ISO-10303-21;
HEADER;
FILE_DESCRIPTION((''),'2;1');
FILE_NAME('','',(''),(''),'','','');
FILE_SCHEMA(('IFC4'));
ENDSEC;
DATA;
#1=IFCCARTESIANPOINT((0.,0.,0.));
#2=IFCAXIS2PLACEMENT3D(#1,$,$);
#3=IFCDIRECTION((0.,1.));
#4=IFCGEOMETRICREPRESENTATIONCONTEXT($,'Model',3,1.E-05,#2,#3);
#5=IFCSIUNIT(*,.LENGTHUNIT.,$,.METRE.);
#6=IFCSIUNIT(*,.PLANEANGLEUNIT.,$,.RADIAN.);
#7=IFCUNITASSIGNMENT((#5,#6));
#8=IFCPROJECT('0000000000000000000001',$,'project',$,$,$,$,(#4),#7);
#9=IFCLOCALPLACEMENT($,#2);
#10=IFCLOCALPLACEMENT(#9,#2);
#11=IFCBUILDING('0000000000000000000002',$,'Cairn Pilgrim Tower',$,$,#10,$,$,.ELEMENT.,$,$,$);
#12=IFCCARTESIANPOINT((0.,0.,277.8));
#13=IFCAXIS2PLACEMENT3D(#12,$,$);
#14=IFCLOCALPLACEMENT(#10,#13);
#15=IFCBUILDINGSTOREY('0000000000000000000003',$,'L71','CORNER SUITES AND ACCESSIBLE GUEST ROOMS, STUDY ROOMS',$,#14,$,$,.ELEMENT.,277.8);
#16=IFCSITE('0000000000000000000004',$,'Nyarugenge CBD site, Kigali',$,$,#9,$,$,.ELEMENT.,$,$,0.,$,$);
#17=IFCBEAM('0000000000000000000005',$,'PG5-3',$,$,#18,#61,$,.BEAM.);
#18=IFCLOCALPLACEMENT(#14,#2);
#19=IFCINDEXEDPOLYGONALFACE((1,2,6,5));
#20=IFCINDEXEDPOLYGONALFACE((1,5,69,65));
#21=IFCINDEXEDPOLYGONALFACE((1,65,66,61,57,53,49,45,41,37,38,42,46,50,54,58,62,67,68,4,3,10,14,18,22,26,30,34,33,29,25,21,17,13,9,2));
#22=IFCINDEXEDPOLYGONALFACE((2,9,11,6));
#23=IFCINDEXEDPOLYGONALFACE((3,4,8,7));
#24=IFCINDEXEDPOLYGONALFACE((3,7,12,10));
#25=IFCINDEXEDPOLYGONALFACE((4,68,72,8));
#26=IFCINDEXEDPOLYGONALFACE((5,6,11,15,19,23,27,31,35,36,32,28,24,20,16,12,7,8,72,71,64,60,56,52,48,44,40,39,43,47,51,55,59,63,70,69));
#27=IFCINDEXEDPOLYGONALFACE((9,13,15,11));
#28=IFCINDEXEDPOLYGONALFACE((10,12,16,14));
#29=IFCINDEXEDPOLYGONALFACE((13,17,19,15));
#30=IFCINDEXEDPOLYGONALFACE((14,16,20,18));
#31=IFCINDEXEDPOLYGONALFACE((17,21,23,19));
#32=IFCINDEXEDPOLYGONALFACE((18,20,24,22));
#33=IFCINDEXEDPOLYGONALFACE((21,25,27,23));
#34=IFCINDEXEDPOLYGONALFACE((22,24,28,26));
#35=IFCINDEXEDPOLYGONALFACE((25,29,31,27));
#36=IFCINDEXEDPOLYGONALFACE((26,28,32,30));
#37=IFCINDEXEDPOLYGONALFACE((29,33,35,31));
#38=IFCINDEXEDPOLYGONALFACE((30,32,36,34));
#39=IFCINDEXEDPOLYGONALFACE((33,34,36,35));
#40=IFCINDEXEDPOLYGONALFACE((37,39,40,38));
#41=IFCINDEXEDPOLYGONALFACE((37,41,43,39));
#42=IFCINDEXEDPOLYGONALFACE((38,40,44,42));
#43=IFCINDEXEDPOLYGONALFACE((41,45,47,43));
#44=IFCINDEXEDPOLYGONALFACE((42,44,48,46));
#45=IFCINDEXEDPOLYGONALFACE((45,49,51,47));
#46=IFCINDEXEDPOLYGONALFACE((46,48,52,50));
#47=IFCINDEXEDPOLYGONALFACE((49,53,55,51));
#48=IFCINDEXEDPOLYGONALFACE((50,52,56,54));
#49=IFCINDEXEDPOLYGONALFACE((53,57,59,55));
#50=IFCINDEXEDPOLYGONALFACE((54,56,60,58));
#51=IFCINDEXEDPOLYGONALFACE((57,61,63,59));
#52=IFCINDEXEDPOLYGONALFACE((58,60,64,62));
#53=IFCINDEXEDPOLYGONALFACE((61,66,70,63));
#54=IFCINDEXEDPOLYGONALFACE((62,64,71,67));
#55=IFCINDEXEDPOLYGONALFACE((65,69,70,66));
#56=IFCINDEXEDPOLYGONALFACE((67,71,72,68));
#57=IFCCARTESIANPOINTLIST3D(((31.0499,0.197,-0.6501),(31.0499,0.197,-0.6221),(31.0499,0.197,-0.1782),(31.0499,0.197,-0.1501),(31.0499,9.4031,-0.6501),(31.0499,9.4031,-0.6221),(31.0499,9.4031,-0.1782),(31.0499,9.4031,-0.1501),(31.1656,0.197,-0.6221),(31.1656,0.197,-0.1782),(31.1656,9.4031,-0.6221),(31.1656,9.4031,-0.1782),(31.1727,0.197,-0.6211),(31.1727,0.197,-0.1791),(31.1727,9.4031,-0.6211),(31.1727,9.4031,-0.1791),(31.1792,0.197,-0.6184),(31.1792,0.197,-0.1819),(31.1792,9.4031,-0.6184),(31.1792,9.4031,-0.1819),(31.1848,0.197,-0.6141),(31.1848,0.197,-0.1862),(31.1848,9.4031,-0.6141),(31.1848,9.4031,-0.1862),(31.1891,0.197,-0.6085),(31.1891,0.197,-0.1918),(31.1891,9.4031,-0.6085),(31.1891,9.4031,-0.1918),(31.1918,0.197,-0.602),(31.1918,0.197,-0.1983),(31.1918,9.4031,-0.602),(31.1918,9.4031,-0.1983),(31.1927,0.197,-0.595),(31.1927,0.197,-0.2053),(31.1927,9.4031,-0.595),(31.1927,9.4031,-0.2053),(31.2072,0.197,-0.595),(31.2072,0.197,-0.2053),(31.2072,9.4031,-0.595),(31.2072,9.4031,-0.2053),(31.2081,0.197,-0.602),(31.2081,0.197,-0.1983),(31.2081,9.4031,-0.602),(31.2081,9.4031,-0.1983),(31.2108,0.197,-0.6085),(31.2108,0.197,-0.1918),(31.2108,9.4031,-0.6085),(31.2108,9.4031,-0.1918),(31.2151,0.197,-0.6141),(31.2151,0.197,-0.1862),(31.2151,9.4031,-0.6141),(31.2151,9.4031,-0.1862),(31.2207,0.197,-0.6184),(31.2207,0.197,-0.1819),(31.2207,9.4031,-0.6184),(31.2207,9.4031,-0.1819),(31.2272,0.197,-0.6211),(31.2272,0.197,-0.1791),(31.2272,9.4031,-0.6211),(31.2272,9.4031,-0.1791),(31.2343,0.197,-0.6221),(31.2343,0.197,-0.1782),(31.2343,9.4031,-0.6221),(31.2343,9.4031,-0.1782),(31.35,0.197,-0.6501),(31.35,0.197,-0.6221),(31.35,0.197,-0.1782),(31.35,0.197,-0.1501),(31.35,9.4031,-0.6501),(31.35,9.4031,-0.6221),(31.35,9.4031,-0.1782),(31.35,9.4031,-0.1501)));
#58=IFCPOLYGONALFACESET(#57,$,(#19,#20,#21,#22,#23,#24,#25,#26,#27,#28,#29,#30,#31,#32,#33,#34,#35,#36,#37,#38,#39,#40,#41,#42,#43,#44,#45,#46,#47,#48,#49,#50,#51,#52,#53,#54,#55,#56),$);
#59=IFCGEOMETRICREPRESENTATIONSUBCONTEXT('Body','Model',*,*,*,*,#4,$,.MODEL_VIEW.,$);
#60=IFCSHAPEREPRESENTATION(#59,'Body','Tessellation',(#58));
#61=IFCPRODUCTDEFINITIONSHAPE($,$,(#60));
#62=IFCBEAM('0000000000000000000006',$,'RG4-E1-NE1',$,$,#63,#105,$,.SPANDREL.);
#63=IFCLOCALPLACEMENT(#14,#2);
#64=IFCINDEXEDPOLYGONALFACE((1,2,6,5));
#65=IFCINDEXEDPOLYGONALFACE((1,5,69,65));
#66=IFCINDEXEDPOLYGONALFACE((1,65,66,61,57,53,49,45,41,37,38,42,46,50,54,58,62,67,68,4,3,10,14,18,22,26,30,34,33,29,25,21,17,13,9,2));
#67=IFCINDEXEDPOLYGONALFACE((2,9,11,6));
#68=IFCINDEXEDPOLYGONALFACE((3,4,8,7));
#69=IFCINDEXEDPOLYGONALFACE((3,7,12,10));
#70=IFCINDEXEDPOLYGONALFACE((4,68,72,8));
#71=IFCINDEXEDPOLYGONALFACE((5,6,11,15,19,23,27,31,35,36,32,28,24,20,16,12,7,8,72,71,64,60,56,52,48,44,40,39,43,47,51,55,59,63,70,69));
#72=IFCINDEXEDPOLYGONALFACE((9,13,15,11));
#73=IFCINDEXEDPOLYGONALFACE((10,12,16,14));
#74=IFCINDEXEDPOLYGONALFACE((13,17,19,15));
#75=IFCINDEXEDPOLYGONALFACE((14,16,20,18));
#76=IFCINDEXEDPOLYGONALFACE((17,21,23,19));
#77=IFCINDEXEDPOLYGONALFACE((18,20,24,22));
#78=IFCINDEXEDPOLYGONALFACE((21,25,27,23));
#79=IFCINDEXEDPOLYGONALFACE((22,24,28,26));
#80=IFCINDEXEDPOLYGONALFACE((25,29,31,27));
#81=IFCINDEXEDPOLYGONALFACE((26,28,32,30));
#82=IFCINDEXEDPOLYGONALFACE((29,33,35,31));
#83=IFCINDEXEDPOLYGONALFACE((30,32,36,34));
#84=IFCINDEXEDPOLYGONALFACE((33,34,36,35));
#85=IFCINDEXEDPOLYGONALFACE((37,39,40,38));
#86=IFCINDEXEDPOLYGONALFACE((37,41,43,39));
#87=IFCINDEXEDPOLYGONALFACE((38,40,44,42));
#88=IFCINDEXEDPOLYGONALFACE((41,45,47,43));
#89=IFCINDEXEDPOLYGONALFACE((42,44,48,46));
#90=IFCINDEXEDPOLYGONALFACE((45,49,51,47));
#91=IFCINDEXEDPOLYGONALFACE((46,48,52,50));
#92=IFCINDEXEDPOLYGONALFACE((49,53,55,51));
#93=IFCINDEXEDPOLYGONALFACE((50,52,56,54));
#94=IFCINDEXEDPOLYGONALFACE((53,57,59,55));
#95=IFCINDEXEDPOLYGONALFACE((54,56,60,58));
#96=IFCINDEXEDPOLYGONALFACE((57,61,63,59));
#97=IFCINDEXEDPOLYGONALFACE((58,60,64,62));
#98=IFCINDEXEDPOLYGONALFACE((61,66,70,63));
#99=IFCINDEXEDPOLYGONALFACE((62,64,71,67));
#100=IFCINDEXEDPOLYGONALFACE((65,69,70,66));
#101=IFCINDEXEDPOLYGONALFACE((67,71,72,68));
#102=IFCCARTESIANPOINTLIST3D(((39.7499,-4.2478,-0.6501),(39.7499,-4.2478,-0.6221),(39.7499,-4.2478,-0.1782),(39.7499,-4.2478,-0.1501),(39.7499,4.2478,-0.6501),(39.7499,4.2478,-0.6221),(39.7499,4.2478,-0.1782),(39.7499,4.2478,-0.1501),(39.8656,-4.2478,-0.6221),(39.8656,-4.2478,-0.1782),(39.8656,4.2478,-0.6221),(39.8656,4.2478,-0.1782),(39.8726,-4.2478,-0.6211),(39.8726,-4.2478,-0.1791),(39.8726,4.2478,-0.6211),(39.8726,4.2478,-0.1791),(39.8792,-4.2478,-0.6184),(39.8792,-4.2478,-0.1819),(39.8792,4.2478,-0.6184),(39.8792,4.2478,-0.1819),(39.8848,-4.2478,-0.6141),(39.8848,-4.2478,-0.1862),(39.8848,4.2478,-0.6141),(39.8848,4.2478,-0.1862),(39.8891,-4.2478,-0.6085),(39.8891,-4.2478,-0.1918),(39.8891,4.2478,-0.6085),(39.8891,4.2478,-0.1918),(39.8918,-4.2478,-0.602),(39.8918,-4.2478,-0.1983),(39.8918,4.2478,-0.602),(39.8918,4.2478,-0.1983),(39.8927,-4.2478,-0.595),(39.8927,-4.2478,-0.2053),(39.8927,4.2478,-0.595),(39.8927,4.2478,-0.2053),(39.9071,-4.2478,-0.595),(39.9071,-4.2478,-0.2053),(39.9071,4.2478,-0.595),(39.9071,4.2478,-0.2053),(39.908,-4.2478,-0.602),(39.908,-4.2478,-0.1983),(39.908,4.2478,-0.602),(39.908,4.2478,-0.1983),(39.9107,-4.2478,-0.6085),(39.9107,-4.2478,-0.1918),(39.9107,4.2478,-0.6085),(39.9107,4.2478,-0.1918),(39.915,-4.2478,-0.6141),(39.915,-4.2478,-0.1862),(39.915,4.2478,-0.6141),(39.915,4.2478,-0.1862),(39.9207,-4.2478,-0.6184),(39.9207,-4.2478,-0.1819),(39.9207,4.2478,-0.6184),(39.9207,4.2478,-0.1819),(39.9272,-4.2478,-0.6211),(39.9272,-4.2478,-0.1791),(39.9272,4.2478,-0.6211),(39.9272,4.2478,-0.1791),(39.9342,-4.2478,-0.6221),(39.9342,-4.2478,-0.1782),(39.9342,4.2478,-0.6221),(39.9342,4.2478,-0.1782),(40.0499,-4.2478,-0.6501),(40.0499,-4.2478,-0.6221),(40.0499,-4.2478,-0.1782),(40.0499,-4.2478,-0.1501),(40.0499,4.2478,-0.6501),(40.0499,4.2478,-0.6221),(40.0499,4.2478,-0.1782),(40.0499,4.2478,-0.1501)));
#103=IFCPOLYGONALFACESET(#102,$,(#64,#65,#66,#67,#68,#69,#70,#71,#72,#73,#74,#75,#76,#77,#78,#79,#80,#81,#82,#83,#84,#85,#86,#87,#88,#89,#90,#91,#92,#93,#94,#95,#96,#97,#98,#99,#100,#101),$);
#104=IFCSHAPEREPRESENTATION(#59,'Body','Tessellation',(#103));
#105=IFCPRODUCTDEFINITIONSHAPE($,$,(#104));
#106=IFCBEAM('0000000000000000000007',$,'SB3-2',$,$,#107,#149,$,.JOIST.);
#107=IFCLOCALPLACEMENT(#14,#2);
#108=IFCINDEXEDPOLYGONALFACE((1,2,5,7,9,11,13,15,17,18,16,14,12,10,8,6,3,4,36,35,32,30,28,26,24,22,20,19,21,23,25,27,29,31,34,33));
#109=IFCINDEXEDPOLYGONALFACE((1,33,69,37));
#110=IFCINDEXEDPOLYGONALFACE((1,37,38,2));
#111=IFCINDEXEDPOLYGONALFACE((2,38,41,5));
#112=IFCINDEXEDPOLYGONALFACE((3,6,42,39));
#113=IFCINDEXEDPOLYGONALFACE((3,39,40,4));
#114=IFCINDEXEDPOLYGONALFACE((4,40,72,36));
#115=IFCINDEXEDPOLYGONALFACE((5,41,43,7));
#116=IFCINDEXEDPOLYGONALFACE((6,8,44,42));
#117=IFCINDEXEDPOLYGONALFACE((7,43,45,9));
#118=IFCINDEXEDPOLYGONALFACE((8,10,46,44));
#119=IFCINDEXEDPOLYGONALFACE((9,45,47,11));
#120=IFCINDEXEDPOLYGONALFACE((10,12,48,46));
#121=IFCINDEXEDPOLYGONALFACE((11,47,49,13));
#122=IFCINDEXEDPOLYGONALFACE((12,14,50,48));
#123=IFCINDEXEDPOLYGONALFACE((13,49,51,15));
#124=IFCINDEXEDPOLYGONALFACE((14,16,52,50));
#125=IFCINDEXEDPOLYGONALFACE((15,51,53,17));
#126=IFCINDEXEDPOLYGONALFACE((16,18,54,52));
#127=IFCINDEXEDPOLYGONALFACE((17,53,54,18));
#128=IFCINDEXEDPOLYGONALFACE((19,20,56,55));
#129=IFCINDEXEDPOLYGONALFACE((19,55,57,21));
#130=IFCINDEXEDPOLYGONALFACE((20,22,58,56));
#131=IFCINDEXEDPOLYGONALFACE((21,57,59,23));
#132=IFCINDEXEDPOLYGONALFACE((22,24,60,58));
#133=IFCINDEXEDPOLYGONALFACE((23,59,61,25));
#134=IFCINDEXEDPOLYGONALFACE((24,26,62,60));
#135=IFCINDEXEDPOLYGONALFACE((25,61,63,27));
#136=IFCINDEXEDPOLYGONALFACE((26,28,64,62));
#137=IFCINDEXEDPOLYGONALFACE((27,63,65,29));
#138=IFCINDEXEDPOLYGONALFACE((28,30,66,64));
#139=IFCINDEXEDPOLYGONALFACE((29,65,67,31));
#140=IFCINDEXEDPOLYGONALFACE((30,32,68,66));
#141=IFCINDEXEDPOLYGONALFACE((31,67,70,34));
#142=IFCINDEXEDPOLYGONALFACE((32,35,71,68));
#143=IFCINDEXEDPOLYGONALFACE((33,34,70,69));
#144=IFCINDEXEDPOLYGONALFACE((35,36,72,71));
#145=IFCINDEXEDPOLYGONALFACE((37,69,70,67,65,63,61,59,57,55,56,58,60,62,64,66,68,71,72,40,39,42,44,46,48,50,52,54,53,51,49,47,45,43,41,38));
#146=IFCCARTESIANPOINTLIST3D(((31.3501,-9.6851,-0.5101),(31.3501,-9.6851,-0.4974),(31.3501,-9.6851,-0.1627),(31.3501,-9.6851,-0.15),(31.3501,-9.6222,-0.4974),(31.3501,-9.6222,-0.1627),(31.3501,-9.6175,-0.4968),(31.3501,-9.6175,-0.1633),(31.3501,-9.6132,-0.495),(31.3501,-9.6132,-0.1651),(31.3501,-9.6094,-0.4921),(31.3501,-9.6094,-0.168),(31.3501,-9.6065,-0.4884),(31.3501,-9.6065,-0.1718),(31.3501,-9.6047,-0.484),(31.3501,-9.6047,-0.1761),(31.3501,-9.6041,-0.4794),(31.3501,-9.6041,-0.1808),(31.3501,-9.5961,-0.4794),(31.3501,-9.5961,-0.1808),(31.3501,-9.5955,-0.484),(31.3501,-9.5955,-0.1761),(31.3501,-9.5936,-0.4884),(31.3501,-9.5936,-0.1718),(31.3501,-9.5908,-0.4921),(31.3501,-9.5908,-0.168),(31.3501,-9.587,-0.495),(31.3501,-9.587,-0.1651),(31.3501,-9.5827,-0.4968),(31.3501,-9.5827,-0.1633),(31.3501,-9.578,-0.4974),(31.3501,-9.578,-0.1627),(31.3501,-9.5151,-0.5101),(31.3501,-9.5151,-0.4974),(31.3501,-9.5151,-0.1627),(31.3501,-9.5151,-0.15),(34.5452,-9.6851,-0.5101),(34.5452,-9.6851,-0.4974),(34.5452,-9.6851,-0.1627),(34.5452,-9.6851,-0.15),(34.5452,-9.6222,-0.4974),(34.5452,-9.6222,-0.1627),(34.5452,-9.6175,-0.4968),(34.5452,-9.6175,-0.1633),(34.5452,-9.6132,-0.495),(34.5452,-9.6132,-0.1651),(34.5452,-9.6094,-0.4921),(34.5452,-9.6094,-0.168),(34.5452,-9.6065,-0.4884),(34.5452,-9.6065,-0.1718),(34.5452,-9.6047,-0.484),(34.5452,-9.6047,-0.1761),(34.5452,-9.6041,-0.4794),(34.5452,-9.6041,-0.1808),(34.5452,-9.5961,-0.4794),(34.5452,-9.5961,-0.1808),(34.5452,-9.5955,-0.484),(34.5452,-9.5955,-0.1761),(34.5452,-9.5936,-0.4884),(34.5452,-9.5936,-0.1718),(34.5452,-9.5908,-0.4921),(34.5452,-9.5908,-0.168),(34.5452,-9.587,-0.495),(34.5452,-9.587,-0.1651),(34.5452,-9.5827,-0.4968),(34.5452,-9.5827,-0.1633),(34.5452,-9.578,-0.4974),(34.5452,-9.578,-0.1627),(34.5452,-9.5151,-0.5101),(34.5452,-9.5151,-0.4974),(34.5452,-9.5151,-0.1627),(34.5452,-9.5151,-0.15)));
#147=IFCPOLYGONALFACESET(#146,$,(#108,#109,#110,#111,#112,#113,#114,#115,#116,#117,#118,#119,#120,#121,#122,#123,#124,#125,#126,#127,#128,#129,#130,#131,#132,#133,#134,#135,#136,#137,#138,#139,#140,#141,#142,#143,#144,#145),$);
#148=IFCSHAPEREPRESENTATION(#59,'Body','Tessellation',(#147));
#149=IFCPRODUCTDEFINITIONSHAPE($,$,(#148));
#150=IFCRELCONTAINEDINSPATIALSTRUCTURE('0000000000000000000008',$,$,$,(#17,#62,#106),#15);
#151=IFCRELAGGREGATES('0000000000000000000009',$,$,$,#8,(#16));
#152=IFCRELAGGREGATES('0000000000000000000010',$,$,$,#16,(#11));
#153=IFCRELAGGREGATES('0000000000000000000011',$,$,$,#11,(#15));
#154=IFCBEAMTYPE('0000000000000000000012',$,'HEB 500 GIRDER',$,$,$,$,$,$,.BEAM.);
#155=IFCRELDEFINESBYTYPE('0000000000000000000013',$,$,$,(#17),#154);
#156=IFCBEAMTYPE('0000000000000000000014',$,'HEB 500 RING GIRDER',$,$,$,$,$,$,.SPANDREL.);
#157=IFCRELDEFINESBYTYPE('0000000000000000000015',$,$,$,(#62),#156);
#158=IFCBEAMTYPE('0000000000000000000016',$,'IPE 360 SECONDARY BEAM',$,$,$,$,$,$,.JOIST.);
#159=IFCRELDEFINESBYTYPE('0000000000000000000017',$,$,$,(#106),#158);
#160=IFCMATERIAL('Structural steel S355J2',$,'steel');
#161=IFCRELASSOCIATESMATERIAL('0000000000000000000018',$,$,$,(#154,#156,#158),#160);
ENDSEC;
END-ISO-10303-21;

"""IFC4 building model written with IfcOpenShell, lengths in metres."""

from ifc_helpers import new_model, si_unit, direction, frame, origin, origin_2d, place, context, subcontext, project, spatial, i_section, extrude, material, material_profile, profile_set, type_object, element, save


model = new_model("IFC4")

# Units and contexts
model_context = context("Model", 3, precision=1e-05, world=origin(), true_north=direction((0.0, 1.0)))
body_context = subcontext(model_context, "Body", "Model", "MODEL_VIEW")
ifc_project = project(units=[si_unit("LENGTHUNIT", "METRE"), si_unit("PLANEANGLEUNIT", "RADIAN")], contexts=[model_context])

# Site, building, storey
site_placement = place(None, origin())
site = spatial("IfcSite", under=ifc_project, at=site_placement, Name="Nyarugenge CBD site, Kigali", CompositionType="ELEMENT", RefElevation=0.0)
building_placement = place(site_placement, origin())
building = spatial("IfcBuilding", under=site, at=building_placement, Name="Cairn Pilgrim Tower", CompositionType="ELEMENT")
storey_placement = place(building_placement, frame((0.0, 0.0, 277.8)))
storey = spatial("IfcBuildingStorey", under=building, at=storey_placement, Name="L71", Description="CORNER SUITES AND ACCESSIBLE GUEST ROOMS, STUDY ROOMS", CompositionType="ELEMENT", Elevation=277.8)

# Shared definitions
ifc_material_1 = material(Name="Structural steel S355J2", Category="steel")

# Beams
ifc_material_profile_1 = material_profile(ifc_material_1, i_section(OverallWidth=0.3, OverallDepth=0.5, WebThickness=0.0144, FlangeThickness=0.0281, FilletRadius=0.0271, at=origin_2d()), Name="HEB 500")
ifc_profile_set_1 = profile_set([ifc_material_profile_1], Name="Structural steel S355J2")
beam_type_1 = type_object("IfcBeamType", Name="HEB 500 GIRDER", PredefinedType="BEAM", material=ifc_profile_set_1)
for number, where, z_axis, x_axis, name in (
    (1, (31.2, 0.197, -0.4001), (0.0, 1.0, 0.0), (-1.0, 0.0, 0.0), "PG5-3"),
):
    element("IfcBeam", number, at=place(storey_placement, frame(where, z_axis=z_axis, x_axis=x_axis)), inside=storey, type_object=beam_type_1, Name=name, PredefinedType="BEAM", context=body_context, shape_type="SweptSolid", body=[
        extrude(i_section(OverallWidth=0.3, OverallDepth=0.5, WebThickness=0.0144, FlangeThickness=0.0281, FilletRadius=0.0271, at=origin_2d()), origin(), (0.0, 0.0, 1.0), 9.2061),
    ])
ifc_material_profile_2 = material_profile(ifc_material_1, i_section(OverallWidth=0.3, OverallDepth=0.5, WebThickness=0.0144, FlangeThickness=0.0281, FilletRadius=0.0271, at=origin_2d()), Name="HEB 500")
ifc_profile_set_2 = profile_set([ifc_material_profile_2], Name="Structural steel S355J2")
beam_type_2 = type_object("IfcBeamType", Name="HEB 500 RING GIRDER", PredefinedType="SPANDREL", material=ifc_profile_set_2)
beam_1_placement = place(storey_placement, frame((39.8999, -4.2478, -0.4001), z_axis=(0.0, 1.0, 0.0), x_axis=(-1.0, 0.0, 0.0)))
element("IfcBeam", 2, at=beam_1_placement, inside=storey, type_object=beam_type_2, Name="RG4-E1-NE1", PredefinedType="SPANDREL", context=body_context, shape_type="SweptSolid", body=[
    extrude(i_section(OverallWidth=0.3, OverallDepth=0.5, WebThickness=0.0144, FlangeThickness=0.0281, FilletRadius=0.0271, at=origin_2d()), origin(), (0.0, 0.0, 1.0), 8.4956),
])
ifc_material_profile_3 = material_profile(ifc_material_1, i_section(OverallWidth=0.1699, OverallDepth=0.3601, WebThickness=0.0081, FlangeThickness=0.0127, FilletRadius=0.0181, at=origin_2d()), Name="IPE 360")
ifc_profile_set_3 = profile_set([ifc_material_profile_3], Name="Structural steel S355J2")
beam_type_3 = type_object("IfcBeamType", Name="IPE 360 SECONDARY BEAM", PredefinedType="JOIST", material=ifc_profile_set_3)
beam_2_placement = place(storey_placement, frame((31.3501, -9.6001, -0.3301), z_axis=(1.0, 0.0, 0.0), x_axis=(0.0, 1.0, 0.0)))
element("IfcBeam", 3, at=beam_2_placement, inside=storey, type_object=beam_type_3, Name="SB3-2", PredefinedType="JOIST", context=body_context, shape_type="SweptSolid", body=[
    extrude(i_section(OverallWidth=0.1699, OverallDepth=0.3601, WebThickness=0.0081, FlangeThickness=0.0127, FilletRadius=0.0181, at=origin_2d()), origin(), (0.0, 0.0, 1.0), 3.1951),
])

save(model, "model.ifc")
